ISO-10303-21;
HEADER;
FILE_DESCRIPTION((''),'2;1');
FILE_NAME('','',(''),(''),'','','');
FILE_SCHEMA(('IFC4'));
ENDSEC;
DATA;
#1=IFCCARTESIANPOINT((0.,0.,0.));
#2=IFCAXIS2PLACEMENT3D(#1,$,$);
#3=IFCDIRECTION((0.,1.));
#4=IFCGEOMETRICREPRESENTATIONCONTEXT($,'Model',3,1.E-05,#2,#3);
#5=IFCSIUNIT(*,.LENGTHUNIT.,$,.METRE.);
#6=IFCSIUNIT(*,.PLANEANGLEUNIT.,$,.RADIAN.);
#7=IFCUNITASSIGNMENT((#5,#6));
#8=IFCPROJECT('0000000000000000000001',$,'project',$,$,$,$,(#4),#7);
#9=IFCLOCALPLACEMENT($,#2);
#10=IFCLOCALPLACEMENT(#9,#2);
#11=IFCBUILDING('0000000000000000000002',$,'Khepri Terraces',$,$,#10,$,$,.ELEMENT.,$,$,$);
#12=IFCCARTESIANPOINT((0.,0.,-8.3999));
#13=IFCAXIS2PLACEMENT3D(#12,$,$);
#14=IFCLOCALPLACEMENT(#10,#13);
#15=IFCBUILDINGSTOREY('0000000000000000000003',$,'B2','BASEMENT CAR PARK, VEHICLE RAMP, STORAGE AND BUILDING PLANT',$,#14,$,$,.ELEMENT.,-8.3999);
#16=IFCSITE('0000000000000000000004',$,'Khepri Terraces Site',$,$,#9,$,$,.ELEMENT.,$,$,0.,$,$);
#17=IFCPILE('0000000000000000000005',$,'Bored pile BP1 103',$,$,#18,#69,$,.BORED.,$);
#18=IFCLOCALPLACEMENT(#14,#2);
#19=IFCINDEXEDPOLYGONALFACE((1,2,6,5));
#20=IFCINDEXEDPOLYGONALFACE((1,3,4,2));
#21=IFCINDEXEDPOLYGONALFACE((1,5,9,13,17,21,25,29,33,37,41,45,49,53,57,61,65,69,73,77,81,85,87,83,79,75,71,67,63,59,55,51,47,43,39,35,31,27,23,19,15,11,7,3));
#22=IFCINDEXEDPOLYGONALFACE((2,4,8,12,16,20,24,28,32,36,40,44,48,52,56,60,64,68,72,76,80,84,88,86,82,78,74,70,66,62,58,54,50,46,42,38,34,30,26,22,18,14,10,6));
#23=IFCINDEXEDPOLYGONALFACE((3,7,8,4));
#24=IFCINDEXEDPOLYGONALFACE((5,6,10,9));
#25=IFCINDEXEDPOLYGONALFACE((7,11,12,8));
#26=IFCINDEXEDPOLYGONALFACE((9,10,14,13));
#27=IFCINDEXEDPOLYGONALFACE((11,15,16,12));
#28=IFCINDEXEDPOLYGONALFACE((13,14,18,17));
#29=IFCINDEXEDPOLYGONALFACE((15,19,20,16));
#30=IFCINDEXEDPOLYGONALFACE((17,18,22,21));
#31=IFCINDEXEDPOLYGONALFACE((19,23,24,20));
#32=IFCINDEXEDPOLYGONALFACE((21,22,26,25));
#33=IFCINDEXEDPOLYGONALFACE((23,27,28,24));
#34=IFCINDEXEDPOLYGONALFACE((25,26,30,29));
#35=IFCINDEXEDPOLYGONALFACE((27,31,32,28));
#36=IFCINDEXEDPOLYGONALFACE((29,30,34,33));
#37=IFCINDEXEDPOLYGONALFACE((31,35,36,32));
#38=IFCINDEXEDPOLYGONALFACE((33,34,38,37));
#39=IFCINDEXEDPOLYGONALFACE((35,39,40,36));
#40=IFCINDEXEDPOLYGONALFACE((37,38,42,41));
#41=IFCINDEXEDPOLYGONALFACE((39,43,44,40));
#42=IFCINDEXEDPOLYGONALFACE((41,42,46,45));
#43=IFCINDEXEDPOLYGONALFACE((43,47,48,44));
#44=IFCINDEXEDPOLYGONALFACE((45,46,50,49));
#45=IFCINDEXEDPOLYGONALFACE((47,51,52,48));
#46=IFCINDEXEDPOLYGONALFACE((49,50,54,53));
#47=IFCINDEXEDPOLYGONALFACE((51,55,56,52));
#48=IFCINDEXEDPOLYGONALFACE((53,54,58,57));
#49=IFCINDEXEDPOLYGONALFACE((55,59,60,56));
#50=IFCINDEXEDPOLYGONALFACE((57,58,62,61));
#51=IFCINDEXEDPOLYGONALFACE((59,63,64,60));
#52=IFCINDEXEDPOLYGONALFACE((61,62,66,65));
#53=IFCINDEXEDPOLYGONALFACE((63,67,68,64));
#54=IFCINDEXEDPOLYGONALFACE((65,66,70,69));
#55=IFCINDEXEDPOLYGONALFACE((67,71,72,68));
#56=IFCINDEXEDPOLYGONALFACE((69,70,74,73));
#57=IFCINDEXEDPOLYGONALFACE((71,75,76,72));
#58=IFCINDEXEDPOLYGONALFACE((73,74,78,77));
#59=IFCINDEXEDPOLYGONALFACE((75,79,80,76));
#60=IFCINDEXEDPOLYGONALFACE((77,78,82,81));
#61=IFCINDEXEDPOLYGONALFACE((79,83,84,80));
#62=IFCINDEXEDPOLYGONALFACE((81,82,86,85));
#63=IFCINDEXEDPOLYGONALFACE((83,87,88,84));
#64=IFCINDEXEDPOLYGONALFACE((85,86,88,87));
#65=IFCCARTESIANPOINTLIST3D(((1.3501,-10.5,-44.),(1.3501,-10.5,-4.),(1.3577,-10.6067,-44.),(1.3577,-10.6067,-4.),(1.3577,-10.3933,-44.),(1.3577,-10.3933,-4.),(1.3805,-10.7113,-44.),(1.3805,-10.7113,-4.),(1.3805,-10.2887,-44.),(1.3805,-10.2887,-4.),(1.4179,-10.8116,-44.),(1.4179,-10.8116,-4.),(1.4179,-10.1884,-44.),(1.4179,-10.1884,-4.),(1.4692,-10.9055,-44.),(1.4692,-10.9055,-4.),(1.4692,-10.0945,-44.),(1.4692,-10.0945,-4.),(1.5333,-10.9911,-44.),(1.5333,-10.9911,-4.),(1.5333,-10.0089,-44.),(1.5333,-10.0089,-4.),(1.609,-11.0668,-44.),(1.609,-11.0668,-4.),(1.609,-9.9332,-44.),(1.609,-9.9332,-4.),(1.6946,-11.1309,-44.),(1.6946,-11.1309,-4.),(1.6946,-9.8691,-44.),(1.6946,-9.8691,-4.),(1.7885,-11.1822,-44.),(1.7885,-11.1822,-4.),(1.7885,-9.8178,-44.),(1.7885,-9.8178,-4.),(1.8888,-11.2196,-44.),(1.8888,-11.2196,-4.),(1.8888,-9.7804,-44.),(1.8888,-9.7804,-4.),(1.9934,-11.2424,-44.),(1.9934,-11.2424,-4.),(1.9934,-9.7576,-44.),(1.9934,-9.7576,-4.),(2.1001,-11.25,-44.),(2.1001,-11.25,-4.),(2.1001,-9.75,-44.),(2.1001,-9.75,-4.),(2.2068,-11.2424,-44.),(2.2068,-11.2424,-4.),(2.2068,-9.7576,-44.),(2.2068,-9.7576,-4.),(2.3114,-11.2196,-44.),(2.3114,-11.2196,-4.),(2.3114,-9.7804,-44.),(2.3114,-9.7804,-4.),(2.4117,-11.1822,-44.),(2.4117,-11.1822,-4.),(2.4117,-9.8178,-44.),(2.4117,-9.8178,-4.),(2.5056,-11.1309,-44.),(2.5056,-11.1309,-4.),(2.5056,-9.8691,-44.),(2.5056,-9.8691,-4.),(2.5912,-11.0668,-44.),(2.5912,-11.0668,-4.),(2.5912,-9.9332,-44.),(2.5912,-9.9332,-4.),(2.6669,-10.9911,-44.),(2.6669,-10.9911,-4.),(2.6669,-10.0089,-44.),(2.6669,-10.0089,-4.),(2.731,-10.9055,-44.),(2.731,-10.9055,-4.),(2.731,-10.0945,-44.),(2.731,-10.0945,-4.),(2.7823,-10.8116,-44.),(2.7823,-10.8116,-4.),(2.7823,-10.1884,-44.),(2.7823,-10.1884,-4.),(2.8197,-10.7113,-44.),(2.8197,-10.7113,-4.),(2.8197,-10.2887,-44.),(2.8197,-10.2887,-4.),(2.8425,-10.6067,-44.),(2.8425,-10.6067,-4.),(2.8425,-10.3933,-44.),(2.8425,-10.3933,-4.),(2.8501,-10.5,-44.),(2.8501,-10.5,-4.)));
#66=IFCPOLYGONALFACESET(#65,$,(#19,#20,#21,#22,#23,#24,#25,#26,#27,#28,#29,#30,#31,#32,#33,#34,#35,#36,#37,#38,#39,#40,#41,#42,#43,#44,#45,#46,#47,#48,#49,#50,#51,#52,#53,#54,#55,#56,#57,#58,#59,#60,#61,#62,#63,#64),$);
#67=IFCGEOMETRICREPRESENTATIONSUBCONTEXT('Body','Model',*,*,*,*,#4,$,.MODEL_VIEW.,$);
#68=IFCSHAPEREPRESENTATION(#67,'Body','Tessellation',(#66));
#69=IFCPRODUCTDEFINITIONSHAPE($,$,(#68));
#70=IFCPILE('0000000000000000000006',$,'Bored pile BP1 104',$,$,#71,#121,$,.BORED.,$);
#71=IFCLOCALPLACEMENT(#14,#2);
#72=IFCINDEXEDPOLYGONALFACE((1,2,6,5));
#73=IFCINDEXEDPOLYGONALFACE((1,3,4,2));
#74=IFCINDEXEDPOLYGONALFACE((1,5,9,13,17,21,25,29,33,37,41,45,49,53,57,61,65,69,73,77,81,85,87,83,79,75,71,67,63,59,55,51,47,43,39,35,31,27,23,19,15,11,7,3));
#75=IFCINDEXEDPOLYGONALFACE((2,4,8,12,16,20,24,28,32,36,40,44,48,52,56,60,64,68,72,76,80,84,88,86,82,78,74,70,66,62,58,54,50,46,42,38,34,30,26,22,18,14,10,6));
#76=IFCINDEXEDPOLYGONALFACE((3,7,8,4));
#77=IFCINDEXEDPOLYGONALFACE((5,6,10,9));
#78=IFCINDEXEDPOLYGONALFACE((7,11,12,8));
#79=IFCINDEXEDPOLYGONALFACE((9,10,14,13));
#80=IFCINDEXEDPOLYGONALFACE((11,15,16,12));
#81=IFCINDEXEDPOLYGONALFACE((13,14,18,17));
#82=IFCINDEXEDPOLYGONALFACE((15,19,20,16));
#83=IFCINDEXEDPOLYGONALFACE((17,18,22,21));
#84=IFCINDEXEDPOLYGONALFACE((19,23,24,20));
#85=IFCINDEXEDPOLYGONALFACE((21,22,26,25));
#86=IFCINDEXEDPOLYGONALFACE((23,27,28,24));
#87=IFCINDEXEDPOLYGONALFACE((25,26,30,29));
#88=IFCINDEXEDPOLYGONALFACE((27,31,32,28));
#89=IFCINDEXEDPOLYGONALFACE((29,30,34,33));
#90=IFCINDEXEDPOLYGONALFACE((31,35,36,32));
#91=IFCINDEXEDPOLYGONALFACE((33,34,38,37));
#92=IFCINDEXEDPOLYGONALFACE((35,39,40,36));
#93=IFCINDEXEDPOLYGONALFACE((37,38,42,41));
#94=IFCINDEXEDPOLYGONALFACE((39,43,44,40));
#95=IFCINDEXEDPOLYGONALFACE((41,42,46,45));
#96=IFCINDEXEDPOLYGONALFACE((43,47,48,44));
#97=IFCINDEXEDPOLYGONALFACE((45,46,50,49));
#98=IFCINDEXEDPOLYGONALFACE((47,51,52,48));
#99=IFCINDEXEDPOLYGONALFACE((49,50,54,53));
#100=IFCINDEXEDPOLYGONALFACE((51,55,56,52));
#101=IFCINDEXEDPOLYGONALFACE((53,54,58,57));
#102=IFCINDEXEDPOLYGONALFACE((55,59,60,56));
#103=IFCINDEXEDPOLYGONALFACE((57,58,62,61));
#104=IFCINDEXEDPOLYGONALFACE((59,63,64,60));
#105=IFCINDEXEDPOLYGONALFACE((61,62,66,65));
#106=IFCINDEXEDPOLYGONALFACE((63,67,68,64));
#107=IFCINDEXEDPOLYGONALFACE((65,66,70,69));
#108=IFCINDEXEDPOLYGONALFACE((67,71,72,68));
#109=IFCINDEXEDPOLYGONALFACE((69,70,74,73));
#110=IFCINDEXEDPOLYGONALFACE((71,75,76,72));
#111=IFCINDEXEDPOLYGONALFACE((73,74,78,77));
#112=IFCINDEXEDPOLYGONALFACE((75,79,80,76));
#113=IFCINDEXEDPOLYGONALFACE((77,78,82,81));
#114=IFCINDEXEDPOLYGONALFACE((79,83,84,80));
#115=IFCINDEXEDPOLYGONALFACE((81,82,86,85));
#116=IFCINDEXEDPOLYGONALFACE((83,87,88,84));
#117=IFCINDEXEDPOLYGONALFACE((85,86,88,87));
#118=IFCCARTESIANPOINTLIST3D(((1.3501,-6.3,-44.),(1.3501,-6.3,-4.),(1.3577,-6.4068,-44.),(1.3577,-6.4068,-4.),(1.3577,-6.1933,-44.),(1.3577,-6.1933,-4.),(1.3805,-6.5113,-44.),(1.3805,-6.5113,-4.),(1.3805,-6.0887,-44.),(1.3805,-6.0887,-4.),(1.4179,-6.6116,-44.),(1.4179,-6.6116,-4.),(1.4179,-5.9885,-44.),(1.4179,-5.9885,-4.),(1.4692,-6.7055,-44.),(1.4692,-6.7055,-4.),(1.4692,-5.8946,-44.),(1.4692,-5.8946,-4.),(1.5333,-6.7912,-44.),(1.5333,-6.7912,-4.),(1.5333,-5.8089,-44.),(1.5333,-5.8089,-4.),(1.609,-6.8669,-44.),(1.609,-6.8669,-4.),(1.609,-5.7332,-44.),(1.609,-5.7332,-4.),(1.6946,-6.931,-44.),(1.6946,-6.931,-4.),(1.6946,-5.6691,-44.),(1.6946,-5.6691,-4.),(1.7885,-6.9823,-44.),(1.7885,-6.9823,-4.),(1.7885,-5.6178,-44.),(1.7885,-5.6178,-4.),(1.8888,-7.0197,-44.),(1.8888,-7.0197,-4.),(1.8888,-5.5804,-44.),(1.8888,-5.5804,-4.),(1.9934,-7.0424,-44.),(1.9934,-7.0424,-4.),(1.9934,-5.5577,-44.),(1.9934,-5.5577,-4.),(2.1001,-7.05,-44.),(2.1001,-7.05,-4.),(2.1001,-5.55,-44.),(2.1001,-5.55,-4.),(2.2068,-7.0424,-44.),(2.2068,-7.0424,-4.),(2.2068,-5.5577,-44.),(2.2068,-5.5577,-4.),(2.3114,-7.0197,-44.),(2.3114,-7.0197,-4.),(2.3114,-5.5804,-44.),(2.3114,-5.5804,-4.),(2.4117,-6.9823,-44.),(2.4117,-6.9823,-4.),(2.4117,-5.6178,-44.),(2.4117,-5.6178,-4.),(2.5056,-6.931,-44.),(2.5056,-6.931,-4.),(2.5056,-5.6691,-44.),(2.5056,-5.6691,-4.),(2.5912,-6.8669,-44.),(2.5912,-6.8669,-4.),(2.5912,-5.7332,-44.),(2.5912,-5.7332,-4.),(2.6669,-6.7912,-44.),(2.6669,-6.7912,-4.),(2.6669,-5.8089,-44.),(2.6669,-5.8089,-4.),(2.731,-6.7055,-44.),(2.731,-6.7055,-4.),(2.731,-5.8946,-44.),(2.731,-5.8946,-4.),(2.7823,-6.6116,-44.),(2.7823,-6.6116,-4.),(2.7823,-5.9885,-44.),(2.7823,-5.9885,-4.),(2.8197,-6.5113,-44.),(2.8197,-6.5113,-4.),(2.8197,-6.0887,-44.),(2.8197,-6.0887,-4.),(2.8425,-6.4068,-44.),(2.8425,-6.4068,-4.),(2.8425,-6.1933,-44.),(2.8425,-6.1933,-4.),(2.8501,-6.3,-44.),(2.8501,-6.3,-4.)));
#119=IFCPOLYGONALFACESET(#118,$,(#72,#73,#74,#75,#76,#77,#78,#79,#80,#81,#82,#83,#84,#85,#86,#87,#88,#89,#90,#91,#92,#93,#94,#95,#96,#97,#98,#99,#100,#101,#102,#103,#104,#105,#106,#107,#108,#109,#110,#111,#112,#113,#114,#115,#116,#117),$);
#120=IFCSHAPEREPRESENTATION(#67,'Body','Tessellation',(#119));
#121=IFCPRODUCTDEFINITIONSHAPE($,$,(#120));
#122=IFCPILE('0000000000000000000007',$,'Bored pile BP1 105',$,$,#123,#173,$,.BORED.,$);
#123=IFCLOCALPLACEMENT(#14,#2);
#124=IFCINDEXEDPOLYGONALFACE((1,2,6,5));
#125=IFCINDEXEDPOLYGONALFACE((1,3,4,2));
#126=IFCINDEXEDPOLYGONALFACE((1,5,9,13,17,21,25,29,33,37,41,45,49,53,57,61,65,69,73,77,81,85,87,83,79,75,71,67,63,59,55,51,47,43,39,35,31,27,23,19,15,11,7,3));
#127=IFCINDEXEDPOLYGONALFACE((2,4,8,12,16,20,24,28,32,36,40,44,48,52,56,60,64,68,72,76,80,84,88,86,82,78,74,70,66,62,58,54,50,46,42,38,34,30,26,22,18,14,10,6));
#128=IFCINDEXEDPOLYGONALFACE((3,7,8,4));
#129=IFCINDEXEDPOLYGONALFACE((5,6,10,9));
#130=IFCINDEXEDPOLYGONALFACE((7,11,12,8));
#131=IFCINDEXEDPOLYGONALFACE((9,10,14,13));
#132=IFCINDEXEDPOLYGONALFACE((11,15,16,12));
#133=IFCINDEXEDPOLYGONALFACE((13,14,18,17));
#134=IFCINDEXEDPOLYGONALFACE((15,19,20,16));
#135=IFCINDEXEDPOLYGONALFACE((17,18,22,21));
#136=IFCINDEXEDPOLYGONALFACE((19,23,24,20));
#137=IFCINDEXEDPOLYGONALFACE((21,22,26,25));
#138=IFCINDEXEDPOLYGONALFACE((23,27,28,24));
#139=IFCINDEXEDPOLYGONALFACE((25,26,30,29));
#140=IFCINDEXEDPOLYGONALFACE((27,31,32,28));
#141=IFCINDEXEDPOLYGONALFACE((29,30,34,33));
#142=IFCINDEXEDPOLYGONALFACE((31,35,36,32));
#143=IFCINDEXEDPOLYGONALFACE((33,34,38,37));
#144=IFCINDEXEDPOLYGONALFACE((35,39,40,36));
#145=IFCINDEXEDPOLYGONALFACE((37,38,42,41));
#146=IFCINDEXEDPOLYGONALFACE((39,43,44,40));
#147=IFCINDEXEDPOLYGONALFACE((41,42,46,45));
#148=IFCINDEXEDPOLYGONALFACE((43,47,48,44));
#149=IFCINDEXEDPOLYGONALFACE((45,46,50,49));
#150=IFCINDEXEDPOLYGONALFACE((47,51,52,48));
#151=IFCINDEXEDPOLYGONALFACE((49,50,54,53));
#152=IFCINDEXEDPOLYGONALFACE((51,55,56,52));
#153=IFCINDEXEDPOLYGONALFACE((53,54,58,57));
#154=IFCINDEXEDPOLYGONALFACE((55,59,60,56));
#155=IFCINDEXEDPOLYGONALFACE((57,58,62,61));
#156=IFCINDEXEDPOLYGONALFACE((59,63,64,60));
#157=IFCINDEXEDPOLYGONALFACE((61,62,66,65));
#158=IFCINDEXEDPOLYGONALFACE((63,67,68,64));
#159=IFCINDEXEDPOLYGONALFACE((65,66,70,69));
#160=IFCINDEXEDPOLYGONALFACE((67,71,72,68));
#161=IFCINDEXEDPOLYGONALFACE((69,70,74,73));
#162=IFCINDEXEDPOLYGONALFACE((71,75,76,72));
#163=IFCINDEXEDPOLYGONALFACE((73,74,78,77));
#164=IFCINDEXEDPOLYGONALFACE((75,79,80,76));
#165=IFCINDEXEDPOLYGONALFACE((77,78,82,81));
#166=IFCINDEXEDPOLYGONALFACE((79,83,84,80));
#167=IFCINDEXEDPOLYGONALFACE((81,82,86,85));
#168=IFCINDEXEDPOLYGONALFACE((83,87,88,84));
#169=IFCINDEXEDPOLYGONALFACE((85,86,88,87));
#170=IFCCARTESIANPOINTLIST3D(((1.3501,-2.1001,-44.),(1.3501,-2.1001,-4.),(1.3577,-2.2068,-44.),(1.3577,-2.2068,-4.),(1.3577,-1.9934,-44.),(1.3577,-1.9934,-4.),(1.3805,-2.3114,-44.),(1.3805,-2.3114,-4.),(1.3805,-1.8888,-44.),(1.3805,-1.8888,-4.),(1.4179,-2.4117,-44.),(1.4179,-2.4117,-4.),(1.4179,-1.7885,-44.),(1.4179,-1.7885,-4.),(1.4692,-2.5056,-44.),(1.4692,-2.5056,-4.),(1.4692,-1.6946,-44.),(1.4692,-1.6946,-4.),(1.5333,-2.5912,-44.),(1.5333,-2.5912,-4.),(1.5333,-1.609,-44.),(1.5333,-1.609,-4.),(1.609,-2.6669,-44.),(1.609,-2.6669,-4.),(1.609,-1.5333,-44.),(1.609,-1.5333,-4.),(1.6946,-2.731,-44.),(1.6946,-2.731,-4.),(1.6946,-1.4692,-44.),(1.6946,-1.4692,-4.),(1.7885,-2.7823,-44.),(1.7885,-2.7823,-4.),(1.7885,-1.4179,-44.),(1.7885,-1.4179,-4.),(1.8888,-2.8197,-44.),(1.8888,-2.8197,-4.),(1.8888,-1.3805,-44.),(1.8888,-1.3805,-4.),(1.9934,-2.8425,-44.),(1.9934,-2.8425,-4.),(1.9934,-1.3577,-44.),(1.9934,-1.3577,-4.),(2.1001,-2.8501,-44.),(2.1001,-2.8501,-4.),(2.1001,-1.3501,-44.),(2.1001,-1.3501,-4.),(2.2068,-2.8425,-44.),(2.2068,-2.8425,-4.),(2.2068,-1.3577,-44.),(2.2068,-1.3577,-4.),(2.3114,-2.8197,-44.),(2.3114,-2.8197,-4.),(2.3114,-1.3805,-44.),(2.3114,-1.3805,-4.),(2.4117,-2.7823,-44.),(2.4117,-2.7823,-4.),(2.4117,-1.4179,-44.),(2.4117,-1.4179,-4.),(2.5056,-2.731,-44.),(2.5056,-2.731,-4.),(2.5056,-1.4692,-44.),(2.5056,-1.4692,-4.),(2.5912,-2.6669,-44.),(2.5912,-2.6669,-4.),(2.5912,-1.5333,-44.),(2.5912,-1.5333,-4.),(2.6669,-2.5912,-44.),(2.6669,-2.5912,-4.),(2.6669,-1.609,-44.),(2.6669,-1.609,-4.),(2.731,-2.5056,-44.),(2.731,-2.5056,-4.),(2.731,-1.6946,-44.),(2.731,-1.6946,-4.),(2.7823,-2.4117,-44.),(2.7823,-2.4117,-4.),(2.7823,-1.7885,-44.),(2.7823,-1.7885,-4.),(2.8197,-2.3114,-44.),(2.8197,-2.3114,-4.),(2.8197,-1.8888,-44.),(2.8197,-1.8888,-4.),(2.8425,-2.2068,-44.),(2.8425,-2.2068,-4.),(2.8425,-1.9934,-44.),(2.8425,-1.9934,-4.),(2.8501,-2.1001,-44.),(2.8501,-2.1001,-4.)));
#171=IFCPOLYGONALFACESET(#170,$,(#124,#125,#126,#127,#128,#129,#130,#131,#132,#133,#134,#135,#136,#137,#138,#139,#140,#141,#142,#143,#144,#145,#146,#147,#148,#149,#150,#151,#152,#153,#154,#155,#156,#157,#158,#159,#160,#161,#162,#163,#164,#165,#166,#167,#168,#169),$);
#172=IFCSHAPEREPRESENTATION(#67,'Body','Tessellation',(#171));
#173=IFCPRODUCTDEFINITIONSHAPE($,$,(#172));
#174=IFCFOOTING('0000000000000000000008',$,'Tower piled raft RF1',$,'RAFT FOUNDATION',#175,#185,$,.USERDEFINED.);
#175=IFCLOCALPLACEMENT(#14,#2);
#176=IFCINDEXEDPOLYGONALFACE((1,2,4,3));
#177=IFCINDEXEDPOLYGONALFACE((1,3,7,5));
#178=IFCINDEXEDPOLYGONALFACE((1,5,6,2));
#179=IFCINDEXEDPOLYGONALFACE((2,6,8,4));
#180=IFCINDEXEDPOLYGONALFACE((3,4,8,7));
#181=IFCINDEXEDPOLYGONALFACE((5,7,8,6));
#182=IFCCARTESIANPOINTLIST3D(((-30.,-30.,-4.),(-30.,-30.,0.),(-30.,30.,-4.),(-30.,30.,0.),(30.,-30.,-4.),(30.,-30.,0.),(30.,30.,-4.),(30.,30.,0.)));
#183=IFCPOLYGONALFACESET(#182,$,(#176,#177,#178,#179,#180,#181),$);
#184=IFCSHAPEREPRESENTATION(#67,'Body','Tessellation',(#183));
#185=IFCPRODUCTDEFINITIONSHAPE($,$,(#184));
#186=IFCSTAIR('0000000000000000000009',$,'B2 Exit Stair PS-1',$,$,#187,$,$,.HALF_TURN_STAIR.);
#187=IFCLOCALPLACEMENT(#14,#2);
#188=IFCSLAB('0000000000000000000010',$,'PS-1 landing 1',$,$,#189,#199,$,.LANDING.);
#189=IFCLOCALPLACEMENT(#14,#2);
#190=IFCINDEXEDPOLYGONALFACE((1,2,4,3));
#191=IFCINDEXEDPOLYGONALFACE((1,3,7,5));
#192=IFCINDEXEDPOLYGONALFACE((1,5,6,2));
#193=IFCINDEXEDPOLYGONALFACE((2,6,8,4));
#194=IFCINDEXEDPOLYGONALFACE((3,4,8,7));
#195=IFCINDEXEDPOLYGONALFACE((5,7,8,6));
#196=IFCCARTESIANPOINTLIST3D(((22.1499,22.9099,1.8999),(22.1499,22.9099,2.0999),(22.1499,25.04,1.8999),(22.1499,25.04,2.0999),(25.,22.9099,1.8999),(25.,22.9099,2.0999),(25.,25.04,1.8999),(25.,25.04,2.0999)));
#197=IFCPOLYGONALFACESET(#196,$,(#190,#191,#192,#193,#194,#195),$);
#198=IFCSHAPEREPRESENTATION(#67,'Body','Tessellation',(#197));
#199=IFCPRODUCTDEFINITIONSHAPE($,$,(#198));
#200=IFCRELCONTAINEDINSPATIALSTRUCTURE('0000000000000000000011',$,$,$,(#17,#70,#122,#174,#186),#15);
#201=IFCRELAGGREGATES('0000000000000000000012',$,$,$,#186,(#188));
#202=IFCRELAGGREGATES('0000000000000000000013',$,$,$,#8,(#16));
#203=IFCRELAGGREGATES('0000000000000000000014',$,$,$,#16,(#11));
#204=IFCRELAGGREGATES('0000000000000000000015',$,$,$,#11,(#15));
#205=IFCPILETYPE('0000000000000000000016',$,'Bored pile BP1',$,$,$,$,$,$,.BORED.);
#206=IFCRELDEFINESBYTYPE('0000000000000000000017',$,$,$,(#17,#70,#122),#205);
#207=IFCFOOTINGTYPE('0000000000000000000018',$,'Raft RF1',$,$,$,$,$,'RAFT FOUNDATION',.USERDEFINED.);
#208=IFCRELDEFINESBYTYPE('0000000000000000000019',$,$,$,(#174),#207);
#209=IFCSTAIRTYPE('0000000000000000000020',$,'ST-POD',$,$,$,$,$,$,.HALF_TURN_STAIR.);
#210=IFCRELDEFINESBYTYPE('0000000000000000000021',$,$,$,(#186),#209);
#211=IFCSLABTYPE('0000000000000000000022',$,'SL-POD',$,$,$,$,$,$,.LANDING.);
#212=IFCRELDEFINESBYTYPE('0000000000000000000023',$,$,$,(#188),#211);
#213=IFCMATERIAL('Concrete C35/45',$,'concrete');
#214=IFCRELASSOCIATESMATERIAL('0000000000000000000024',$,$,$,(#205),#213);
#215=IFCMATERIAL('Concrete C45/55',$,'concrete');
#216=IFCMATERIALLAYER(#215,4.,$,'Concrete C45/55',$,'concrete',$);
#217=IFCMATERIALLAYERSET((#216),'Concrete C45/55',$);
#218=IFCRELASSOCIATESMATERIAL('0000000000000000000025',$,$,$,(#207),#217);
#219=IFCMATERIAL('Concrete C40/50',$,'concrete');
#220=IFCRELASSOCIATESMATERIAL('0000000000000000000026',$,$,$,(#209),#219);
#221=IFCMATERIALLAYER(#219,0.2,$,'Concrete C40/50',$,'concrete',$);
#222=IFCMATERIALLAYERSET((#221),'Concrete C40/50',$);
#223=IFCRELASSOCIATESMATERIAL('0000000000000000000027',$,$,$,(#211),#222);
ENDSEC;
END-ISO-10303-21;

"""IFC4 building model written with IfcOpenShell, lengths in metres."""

from ifc_helpers import new_model, si_unit, direction, frame, origin, origin_2d, place, context, subcontext, project, spatial, polyline, circle, outline, extrude, material, layer, layer_set, material_profile, profile_set, type_object, element, aggregate, save


model = new_model("IFC4")

# Units and contexts
model_context = context("Model", 3, precision=1e-05, world=origin(), true_north=direction((0.0, 1.0)))
body_context = subcontext(model_context, "Body", "Model", "MODEL_VIEW")
ifc_project = project(units=[si_unit("LENGTHUNIT", "METRE"), si_unit("PLANEANGLEUNIT", "RADIAN")], contexts=[model_context])

# Site, building, storey
site_placement = place(None, origin())
site = spatial("IfcSite", under=ifc_project, at=site_placement, Name="Khepri Terraces Site", CompositionType="ELEMENT", RefElevation=0.0)
building_placement = place(site_placement, origin())
building = spatial("IfcBuilding", under=site, at=building_placement, Name="Khepri Terraces", CompositionType="ELEMENT")
storey_placement = place(building_placement, frame((0.0, 0.0, -8.3999)))
storey = spatial("IfcBuildingStorey", under=building, at=storey_placement, Name="B2", Description="BASEMENT CAR PARK, VEHICLE RAMP, STORAGE AND BUILDING PLANT", CompositionType="ELEMENT", Elevation=-8.3999)

# Piles
ifc_material_1 = material(Name="Concrete C35/45", Category="concrete")
ifc_material_profile = material_profile(ifc_material_1, circle(Radius=0.75, at=origin_2d()), Name="Concrete C35/45", Category="concrete")
ifc_profile_set = profile_set([ifc_material_profile], Name="Concrete C35/45")
pile_type = type_object("IfcPileType", Name="Bored pile BP1", PredefinedType="BORED", material=ifc_profile_set)
for number, where, z_axis, x_axis, name in (
    (1, (2.1001, -10.5, -4.0), (0.0, 0.0, -1.0), (1.0, 0.0, 0.0), "Bored pile BP1 103"),
    (2, (2.1001, -6.3, -4.0), (0.0, 0.0, -1.0), (1.0, 0.0, 0.0), "Bored pile BP1 104"),
    (3, (2.1001, -2.1001, -4.0), (0.0, 0.0, -1.0), (1.0, 0.0, 0.0), "Bored pile BP1 105"),
):
    element("IfcPile", number, at=place(storey_placement, frame(where, z_axis=z_axis, x_axis=x_axis)), inside=storey, type_object=pile_type, Name=name, PredefinedType="BORED", context=body_context, shape_type="SweptSolid", body=[
        extrude(circle(Radius=0.75, at=origin_2d()), origin(), (0.0, 0.0, 1.0), 40.0),
    ])

# Footing
ifc_material_2 = material(Name="Concrete C45/55", Category="concrete")
ifc_layer_1 = layer(ifc_material_2, 4.0, Name="Concrete C45/55", Category="concrete")
ifc_layer_set_1 = layer_set([ifc_layer_1], Name="Concrete C45/55")
footing_type = type_object("IfcFootingType", Name="Raft RF1", ElementType="RAFT FOUNDATION", PredefinedType="USERDEFINED", material=ifc_layer_set_1)
footing_placement = place(storey_placement, frame((0.0, 0.0, -4.0)))
element("IfcFooting", 4, at=footing_placement, inside=storey, type_object=footing_type, Name="Tower piled raft RF1", ObjectType="RAFT FOUNDATION", PredefinedType="USERDEFINED", context=body_context, shape_type="SweptSolid", body=[
    extrude(outline(polyline([(30.0, -30.0), (30.0, 30.0), (-30.0, 30.0), (-30.0, -30.0), (30.0, -30.0)])), origin(), (0.0, 0.0, 1.0), 4.0),
])

# Shared definitions
ifc_material_3 = material(Name="Concrete C40/50", Category="concrete")

# Stair, slab
stair_type_1 = type_object("IfcStairType", Name="ST-POD", PredefinedType="HALF_TURN_STAIR", material=ifc_material_3)
stair_1_placement = place(storey_placement, origin())
stair_1 = element("IfcStair", 5, at=stair_1_placement, inside=storey, type_object=stair_type_1, Name="B2 Exit Stair PS-1", PredefinedType="HALF_TURN_STAIR")
ifc_layer_2 = layer(ifc_material_3, 0.2, Name="Concrete C40/50", Category="concrete")
ifc_layer_set_2 = layer_set([ifc_layer_2], Name="Concrete C40/50")
slab_type_1 = type_object("IfcSlabType", Name="SL-POD", PredefinedType="LANDING", material=ifc_layer_set_2)
slab_1_placement = place(storey_placement, frame((0.0, 0.0, 1.8999)))
slab_1 = element("IfcSlab", 6, at=slab_1_placement, type_object=slab_type_1, Name="PS-1 landing 1", PredefinedType="LANDING", context=body_context, shape_type="SweptSolid", body=[
    extrude(outline(polyline([(25.0, 22.9099), (25.0, 25.04), (22.1499, 25.04), (22.1499, 22.9099), (25.0, 22.9099)])), origin(), (0.0, 0.0, 1.0), 0.2),
])
aggregate(stair_1, [slab_1])

save(model, "model.ifc")
